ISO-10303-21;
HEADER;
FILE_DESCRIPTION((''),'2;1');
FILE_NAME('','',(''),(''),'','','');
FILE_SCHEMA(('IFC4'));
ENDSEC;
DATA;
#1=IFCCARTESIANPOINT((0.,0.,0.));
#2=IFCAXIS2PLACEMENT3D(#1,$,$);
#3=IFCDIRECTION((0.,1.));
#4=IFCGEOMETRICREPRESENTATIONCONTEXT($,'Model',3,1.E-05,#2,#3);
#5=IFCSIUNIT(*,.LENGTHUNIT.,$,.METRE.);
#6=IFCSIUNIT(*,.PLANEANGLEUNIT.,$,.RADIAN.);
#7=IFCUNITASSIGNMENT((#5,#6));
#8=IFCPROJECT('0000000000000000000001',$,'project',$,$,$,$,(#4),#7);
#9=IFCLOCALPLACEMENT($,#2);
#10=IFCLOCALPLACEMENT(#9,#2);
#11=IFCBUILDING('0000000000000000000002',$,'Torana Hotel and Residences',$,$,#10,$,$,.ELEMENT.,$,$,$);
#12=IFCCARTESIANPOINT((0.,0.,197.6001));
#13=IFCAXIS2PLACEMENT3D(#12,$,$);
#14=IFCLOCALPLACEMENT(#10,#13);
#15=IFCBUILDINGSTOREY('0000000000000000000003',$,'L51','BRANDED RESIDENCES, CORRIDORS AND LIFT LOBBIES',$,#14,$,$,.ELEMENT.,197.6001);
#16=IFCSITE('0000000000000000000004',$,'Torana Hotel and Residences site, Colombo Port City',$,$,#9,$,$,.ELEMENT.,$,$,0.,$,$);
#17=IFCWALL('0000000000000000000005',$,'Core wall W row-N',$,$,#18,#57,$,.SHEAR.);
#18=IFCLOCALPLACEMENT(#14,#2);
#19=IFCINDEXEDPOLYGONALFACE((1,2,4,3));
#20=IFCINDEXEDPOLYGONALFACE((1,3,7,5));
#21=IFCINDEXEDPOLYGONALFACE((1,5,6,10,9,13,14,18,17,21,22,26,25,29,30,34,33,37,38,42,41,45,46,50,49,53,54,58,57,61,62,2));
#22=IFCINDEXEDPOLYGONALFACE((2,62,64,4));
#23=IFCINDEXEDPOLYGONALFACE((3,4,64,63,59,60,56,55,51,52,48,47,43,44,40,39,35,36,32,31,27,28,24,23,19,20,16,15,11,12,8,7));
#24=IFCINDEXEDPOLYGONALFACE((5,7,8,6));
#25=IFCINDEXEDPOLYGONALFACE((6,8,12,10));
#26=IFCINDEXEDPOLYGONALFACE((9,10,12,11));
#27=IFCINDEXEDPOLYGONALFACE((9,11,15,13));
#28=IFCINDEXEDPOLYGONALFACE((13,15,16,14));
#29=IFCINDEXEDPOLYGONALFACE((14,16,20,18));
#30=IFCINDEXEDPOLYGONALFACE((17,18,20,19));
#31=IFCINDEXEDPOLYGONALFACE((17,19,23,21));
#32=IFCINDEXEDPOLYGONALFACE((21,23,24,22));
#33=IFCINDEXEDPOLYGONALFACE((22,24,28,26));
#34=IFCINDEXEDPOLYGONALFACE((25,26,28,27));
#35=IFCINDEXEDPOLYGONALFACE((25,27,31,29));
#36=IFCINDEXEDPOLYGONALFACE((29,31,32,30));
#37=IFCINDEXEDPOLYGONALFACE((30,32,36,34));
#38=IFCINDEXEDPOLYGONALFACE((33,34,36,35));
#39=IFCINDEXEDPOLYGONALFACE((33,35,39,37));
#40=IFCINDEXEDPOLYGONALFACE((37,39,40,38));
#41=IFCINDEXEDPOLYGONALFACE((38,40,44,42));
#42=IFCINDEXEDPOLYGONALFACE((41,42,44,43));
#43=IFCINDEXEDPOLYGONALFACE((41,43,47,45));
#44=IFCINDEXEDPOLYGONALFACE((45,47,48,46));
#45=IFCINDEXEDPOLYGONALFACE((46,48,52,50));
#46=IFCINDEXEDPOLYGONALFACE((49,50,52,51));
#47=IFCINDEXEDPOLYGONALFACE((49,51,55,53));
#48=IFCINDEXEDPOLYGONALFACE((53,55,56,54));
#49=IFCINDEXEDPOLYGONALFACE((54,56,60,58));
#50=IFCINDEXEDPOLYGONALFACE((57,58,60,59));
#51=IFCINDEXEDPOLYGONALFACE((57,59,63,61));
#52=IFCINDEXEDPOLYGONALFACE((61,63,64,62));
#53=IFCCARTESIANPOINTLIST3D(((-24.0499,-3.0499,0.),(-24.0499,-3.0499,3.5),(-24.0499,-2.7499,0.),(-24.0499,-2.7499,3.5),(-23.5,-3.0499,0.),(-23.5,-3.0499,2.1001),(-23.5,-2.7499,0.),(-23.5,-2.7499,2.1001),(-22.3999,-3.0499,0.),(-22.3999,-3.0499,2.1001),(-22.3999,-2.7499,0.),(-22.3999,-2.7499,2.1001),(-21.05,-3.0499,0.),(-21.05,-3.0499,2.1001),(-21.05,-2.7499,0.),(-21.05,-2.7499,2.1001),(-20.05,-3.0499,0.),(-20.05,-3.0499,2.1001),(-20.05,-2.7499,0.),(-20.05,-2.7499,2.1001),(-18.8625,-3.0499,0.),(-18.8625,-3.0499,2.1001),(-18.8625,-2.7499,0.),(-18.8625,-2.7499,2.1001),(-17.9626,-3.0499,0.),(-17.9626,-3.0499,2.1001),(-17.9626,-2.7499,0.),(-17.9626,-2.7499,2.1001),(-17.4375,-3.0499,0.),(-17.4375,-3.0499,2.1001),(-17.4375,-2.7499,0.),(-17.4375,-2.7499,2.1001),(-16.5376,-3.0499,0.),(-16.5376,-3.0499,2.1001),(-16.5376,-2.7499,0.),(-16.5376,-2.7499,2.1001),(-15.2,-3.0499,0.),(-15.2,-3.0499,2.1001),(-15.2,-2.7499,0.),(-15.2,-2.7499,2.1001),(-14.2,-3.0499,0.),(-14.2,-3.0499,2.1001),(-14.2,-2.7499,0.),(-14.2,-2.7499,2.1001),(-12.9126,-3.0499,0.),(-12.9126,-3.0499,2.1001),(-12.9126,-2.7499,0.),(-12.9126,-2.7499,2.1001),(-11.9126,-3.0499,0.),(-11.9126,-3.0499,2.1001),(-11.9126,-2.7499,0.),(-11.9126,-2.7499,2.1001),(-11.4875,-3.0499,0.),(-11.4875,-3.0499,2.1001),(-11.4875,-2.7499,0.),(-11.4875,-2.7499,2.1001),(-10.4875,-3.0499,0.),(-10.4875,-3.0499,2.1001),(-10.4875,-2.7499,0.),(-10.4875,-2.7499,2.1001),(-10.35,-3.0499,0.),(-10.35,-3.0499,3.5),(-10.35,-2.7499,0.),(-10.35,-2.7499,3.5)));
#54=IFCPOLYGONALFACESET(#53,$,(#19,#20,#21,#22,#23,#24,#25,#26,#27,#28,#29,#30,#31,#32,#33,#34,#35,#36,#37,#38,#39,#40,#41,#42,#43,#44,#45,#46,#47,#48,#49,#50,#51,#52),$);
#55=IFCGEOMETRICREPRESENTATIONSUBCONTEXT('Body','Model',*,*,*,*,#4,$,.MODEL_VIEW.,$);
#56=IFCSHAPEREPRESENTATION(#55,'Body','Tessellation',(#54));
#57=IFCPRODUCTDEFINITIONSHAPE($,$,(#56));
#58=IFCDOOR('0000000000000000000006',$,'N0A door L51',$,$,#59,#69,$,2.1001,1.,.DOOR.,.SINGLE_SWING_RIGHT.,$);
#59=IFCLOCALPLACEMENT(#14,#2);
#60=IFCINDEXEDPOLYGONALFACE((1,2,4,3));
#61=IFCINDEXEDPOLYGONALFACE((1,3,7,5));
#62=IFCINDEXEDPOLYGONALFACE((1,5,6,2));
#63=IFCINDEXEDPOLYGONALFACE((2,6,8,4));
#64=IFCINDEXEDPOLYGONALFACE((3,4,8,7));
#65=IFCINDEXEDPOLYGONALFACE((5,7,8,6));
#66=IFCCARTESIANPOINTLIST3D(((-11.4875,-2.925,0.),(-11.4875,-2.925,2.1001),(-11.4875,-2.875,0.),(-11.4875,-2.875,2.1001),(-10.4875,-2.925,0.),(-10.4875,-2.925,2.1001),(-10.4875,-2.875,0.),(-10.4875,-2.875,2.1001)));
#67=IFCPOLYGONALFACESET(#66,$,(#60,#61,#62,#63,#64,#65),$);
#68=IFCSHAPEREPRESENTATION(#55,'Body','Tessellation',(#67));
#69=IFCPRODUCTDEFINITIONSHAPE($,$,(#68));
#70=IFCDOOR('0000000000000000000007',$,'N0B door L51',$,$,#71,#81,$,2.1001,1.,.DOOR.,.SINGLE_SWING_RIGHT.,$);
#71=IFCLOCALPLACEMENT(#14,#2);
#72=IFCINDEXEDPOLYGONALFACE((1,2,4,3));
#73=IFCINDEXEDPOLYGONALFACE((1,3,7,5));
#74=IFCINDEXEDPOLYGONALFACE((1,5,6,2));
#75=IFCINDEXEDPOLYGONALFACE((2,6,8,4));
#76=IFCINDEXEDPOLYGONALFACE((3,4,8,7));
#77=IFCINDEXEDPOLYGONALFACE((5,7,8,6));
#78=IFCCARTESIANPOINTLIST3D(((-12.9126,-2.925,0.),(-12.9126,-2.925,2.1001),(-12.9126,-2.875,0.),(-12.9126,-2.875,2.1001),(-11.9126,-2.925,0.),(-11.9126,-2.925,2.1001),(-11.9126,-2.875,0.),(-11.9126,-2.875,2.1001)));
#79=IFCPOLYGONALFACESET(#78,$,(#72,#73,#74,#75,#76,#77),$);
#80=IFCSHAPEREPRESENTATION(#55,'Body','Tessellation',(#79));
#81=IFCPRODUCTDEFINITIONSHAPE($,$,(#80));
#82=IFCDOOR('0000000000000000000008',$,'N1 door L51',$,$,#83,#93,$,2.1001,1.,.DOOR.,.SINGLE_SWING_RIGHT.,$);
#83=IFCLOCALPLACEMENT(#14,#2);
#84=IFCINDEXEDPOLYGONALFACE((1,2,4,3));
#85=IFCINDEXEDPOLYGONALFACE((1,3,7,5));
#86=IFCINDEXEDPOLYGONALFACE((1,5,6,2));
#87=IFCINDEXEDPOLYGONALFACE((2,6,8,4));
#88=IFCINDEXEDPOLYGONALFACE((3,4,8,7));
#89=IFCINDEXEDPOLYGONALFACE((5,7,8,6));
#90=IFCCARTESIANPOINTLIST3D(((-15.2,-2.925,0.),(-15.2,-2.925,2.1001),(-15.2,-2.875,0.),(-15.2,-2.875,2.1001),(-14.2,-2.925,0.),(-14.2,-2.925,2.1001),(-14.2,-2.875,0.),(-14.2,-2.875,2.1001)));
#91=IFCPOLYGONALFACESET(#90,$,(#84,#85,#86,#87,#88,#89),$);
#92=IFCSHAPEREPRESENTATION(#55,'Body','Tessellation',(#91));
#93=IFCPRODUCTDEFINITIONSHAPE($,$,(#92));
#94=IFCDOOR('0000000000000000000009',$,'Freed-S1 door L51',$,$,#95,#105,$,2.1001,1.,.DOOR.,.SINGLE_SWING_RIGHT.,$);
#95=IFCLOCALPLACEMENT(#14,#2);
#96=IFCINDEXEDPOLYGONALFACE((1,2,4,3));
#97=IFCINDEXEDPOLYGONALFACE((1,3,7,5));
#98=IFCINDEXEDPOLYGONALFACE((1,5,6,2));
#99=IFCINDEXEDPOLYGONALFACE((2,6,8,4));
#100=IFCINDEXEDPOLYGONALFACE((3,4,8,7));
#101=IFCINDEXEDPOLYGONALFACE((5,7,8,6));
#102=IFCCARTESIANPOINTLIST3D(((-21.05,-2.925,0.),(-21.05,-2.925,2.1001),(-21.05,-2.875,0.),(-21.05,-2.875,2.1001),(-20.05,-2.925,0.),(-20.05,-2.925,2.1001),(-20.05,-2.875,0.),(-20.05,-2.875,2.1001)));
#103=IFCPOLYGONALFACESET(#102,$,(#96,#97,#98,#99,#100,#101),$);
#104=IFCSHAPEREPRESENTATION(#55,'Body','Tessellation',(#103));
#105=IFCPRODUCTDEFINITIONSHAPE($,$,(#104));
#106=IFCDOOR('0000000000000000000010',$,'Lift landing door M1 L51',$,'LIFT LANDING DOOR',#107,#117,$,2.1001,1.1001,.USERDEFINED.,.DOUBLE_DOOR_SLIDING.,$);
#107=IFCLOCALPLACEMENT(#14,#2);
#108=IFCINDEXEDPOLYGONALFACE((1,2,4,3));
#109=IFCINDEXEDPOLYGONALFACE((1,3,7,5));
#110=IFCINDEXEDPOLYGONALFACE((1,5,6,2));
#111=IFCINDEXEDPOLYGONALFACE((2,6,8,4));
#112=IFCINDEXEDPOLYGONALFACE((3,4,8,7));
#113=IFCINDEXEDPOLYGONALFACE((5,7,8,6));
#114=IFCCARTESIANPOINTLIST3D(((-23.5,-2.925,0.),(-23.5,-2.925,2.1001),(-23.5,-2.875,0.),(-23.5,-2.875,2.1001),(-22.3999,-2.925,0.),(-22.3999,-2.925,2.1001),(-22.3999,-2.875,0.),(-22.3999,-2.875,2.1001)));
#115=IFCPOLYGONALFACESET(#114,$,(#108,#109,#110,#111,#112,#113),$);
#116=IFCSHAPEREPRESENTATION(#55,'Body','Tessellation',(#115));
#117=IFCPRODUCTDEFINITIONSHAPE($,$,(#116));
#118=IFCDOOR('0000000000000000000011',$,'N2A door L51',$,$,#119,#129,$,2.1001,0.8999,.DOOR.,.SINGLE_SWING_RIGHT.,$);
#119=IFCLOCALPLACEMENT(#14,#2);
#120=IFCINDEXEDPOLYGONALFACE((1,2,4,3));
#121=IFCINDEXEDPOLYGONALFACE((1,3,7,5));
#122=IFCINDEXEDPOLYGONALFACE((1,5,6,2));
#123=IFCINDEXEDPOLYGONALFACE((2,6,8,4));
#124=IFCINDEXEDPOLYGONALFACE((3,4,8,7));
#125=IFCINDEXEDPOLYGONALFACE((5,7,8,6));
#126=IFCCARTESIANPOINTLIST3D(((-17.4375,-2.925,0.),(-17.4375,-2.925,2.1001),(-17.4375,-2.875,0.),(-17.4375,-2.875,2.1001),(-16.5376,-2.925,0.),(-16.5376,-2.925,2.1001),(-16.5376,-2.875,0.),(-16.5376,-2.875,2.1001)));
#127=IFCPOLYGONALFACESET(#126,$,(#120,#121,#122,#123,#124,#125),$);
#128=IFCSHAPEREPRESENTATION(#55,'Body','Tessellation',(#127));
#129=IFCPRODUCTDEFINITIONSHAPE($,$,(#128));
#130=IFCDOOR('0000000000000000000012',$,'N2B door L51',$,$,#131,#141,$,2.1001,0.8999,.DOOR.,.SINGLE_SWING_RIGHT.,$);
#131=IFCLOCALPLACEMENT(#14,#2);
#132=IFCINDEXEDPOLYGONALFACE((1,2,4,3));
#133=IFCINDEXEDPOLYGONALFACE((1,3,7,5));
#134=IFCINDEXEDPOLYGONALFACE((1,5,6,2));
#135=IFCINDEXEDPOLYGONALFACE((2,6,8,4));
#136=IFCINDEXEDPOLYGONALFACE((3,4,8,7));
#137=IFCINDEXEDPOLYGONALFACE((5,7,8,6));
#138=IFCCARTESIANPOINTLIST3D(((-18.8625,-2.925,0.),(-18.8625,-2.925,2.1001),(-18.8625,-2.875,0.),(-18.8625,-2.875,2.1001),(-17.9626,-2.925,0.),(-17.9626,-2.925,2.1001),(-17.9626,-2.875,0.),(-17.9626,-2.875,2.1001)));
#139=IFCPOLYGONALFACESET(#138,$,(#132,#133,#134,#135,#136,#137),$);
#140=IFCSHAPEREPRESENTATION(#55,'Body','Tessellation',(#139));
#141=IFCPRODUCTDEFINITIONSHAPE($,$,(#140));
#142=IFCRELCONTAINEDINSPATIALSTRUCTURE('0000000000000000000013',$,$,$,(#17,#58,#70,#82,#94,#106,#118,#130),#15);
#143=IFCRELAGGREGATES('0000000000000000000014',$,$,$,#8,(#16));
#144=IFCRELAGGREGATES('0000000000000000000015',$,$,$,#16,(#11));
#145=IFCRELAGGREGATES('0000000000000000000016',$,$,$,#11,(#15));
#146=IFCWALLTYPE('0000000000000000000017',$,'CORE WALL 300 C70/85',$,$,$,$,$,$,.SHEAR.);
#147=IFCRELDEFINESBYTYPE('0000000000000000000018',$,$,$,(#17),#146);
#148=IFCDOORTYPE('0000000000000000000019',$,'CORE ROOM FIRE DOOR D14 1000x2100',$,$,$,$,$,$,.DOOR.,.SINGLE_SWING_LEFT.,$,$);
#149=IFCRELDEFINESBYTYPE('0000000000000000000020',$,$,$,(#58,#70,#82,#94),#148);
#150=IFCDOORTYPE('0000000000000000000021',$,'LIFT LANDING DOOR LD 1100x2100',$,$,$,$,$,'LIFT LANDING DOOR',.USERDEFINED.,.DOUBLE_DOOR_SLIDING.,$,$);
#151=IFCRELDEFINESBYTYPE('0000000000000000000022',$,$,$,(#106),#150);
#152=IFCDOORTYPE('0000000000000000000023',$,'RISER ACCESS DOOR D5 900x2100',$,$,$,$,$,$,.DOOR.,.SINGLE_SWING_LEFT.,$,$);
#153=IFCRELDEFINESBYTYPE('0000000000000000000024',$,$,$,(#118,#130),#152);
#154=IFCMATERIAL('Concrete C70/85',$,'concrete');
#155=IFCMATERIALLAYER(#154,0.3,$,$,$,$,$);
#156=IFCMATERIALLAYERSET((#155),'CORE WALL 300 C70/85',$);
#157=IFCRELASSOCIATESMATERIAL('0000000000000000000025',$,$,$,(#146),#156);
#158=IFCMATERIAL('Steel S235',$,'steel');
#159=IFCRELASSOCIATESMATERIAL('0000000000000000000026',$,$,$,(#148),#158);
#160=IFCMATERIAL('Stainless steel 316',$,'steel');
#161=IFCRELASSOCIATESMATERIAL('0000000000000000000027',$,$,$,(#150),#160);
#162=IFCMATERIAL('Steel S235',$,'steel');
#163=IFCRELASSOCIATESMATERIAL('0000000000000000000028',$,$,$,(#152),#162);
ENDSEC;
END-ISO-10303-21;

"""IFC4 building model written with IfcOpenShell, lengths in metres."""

from ifc_helpers import new_model, si_unit, direction, frame, frame_2d, origin, place, context, subcontext, project, spatial, rectangle, extrude, material, layer, layer_set, type_object, element, fill, save


model = new_model("IFC4")

# Units and contexts
model_context = context("Model", 3, precision=1e-05, world=origin(), true_north=direction((0.0, 1.0)))
body_context = subcontext(model_context, "Body", "Model", "MODEL_VIEW")
ifc_project = project(units=[si_unit("LENGTHUNIT", "METRE"), si_unit("PLANEANGLEUNIT", "RADIAN")], contexts=[model_context])

# Site, building, storey
site_placement = place(None, origin())
site = spatial("IfcSite", under=ifc_project, at=site_placement, Name="Torana Hotel and Residences site, Colombo Port City", CompositionType="ELEMENT", RefElevation=0.0)
building_placement = place(site_placement, origin())
building = spatial("IfcBuilding", under=site, at=building_placement, Name="Torana Hotel and Residences", CompositionType="ELEMENT")
storey_placement = place(building_placement, frame((0.0, 0.0, 197.6001)))
storey = spatial("IfcBuildingStorey", under=building, at=storey_placement, Name="L51", Description="BRANDED RESIDENCES, CORRIDORS AND LIFT LOBBIES", CompositionType="ELEMENT", Elevation=197.6001)

# Wall, openings, doors
ifc_material_1 = material(Name="Concrete C70/85", Category="concrete")
ifc_layer_1 = layer(ifc_material_1, 0.3)
ifc_layer_set_1 = layer_set([ifc_layer_1], Name="CORE WALL 300 C70/85")
wall_type_1 = type_object("IfcWallType", Name="CORE WALL 300 C70/85", PredefinedType="SHEAR", material=ifc_layer_set_1)
wall_1_placement = place(storey_placement, frame((-24.05, -2.8999, 0.0), z_axis=(0.0, 0.0, 1.0), x_axis=(1.0, 0.0, 0.0)))
wall_1 = element("IfcWall", 1, at=wall_1_placement, inside=storey, type_object=wall_type_1, Name="Core wall W row-N", PredefinedType="SHEAR", context=body_context, shape_type="SweptSolid", body=[
    extrude(rectangle(XDim=13.7, YDim=0.3, at=frame_2d((6.8501, 0.0))), origin(), (0.0, 0.0, 1.0), 3.5),
])
opening_1_placement = place(wall_1_placement, frame((0.55, 0.0, 0.0)))
opening_1 = element("IfcOpeningElement", 2, at=opening_1_placement, cuts=wall_1, PredefinedType="OPENING", context=body_context, shape_type="SweptSolid", body=[
    extrude(rectangle(XDim=1.1001, YDim=2.1001, at=frame_2d((0.55, 1.05))), frame((0.0, 0.1599, 0.0), z_axis=(0.0, -1.0, 0.0), x_axis=(1.0, 0.0, 0.0)), (0.0, 0.0, 1.0), 0.3201),
])
opening_2_placement = place(wall_1_placement, frame((6.6125, 0.0, 0.0)))
opening_2 = element("IfcOpeningElement", 3, at=opening_2_placement, cuts=wall_1, PredefinedType="OPENING", context=body_context, shape_type="SweptSolid", body=[
    extrude(rectangle(XDim=0.8999, YDim=2.1001, at=frame_2d((0.45, 1.05))), frame((0.0, 0.1599, 0.0), z_axis=(0.0, -1.0, 0.0), x_axis=(1.0, 0.0, 0.0)), (0.0, 0.0, 1.0), 0.3201),
])
opening_3_placement = place(wall_1_placement, frame((5.1875, 0.0, 0.0)))
opening_3 = element("IfcOpeningElement", 4, at=opening_3_placement, cuts=wall_1, PredefinedType="OPENING", context=body_context, shape_type="SweptSolid", body=[
    extrude(rectangle(XDim=0.8999, YDim=2.1001, at=frame_2d((0.45, 1.05))), frame((0.0, 0.1599, 0.0), z_axis=(0.0, -1.0, 0.0), x_axis=(1.0, 0.0, 0.0)), (0.0, 0.0, 1.0), 0.3201),
])
opening_4_placement = place(wall_1_placement, frame((12.5625, 0.0, 0.0)))
opening_4 = element("IfcOpeningElement", 5, at=opening_4_placement, cuts=wall_1, PredefinedType="OPENING", context=body_context, shape_type="SweptSolid", body=[
    extrude(rectangle(XDim=1.0, YDim=2.1001, at=frame_2d((0.5, 1.05))), frame((0.0, 0.1599, 0.0), z_axis=(0.0, -1.0, 0.0), x_axis=(1.0, 0.0, 0.0)), (0.0, 0.0, 1.0), 0.3201),
])
opening_5_placement = place(wall_1_placement, frame((11.1375, 0.0, 0.0)))
opening_5 = element("IfcOpeningElement", 6, at=opening_5_placement, cuts=wall_1, PredefinedType="OPENING", context=body_context, shape_type="SweptSolid", body=[
    extrude(rectangle(XDim=1.0, YDim=2.1001, at=frame_2d((0.5, 1.05))), frame((0.0, 0.1599, 0.0), z_axis=(0.0, -1.0, 0.0), x_axis=(1.0, 0.0, 0.0)), (0.0, 0.0, 1.0), 0.3201),
])
opening_6_placement = place(wall_1_placement, frame((8.8501, 0.0, 0.0)))
opening_6 = element("IfcOpeningElement", 7, at=opening_6_placement, cuts=wall_1, PredefinedType="OPENING", context=body_context, shape_type="SweptSolid", body=[
    extrude(rectangle(XDim=1.0, YDim=2.1001, at=frame_2d((0.5, 1.05))), frame((0.0, 0.1599, 0.0), z_axis=(0.0, -1.0, 0.0), x_axis=(1.0, 0.0, 0.0)), (0.0, 0.0, 1.0), 0.3201),
])
opening_7_placement = place(wall_1_placement, frame((3.0, 0.0, 0.0)))
opening_7 = element("IfcOpeningElement", 8, at=opening_7_placement, cuts=wall_1, PredefinedType="OPENING", context=body_context, shape_type="SweptSolid", body=[
    extrude(rectangle(XDim=1.0, YDim=2.1001, at=frame_2d((0.5, 1.05))), frame((0.0, 0.1599, 0.0), z_axis=(0.0, -1.0, 0.0), x_axis=(1.0, 0.0, 0.0)), (0.0, 0.0, 1.0), 0.3201),
])
ifc_material_2 = material(Name="Steel S235", Category="steel")
door_type_1 = type_object("IfcDoorType", Name="CORE ROOM FIRE DOOR D14 1000x2100", OperationType="SINGLE_SWING_LEFT", PredefinedType="DOOR", material=ifc_material_2)
door_1_placement = place(opening_4_placement, origin())
door_1 = element("IfcDoor", 9, at=door_1_placement, inside=storey, type_object=door_type_1, Name="N0A door L51", OperationType="SINGLE_SWING_RIGHT", OverallHeight=2.1001, OverallWidth=1.0, PredefinedType="DOOR", context=body_context, shape_type="SweptSolid", body=[
    extrude(rectangle(XDim=1.0, YDim=2.1001, at=frame_2d((0.5, 1.05))), frame((0.0, 0.0249, 0.0), z_axis=(0.0, -1.0, 0.0), x_axis=(1.0, 0.0, 0.0)), (0.0, 0.0, 1.0), 0.05),
])
fill(opening_4, door_1)
door_2_placement = place(opening_5_placement, origin())
door_2 = element("IfcDoor", 10, at=door_2_placement, inside=storey, type_object=door_type_1, Name="N0B door L51", OperationType="SINGLE_SWING_RIGHT", OverallHeight=2.1001, OverallWidth=1.0, PredefinedType="DOOR", context=body_context, shape_type="SweptSolid", body=[
    extrude(rectangle(XDim=1.0, YDim=2.1001, at=frame_2d((0.5, 1.05))), frame((0.0, 0.0249, 0.0), z_axis=(0.0, -1.0, 0.0), x_axis=(1.0, 0.0, 0.0)), (0.0, 0.0, 1.0), 0.05),
])
fill(opening_5, door_2)
door_3_placement = place(opening_6_placement, origin())
door_3 = element("IfcDoor", 11, at=door_3_placement, inside=storey, type_object=door_type_1, Name="N1 door L51", OperationType="SINGLE_SWING_RIGHT", OverallHeight=2.1001, OverallWidth=1.0, PredefinedType="DOOR", context=body_context, shape_type="SweptSolid", body=[
    extrude(rectangle(XDim=1.0, YDim=2.1001, at=frame_2d((0.5, 1.05))), frame((0.0, 0.0249, 0.0), z_axis=(0.0, -1.0, 0.0), x_axis=(1.0, 0.0, 0.0)), (0.0, 0.0, 1.0), 0.05),
])
fill(opening_6, door_3)
door_4_placement = place(opening_7_placement, origin())
door_4 = element("IfcDoor", 12, at=door_4_placement, inside=storey, type_object=door_type_1, Name="Freed-S1 door L51", OperationType="SINGLE_SWING_RIGHT", OverallHeight=2.1001, OverallWidth=1.0, PredefinedType="DOOR", context=body_context, shape_type="SweptSolid", body=[
    extrude(rectangle(XDim=1.0, YDim=2.1001, at=frame_2d((0.5, 1.05))), frame((0.0, 0.0249, 0.0), z_axis=(0.0, -1.0, 0.0), x_axis=(1.0, 0.0, 0.0)), (0.0, 0.0, 1.0), 0.05),
])
fill(opening_7, door_4)
ifc_material_3 = material(Name="Stainless steel 316", Category="steel")
door_type_2 = type_object("IfcDoorType", Name="LIFT LANDING DOOR LD 1100x2100", ElementType="LIFT LANDING DOOR", OperationType="DOUBLE_DOOR_SLIDING", PredefinedType="USERDEFINED", material=ifc_material_3)
door_5_placement = place(opening_1_placement, origin())
door_5 = element("IfcDoor", 13, at=door_5_placement, inside=storey, type_object=door_type_2, Name="Lift landing door M1 L51", ObjectType="LIFT LANDING DOOR", OperationType="DOUBLE_DOOR_SLIDING", OverallHeight=2.1001, OverallWidth=1.1001, PredefinedType="USERDEFINED", context=body_context, shape_type="SweptSolid", body=[
    extrude(rectangle(XDim=1.1001, YDim=2.1001, at=frame_2d((0.55, 1.05))), frame((0.0, 0.0249, 0.0), z_axis=(0.0, -1.0, 0.0), x_axis=(1.0, 0.0, 0.0)), (0.0, 0.0, 1.0), 0.05),
])
fill(opening_1, door_5)
ifc_material_4 = material(Name="Steel S235", Category="steel")
door_type_3 = type_object("IfcDoorType", Name="RISER ACCESS DOOR D5 900x2100", OperationType="SINGLE_SWING_LEFT", PredefinedType="DOOR", material=ifc_material_4)
door_6_placement = place(opening_2_placement, origin())
door_6 = element("IfcDoor", 14, at=door_6_placement, inside=storey, type_object=door_type_3, Name="N2A door L51", OperationType="SINGLE_SWING_RIGHT", OverallHeight=2.1001, OverallWidth=0.8999, PredefinedType="DOOR", context=body_context, shape_type="SweptSolid", body=[
    extrude(rectangle(XDim=0.8999, YDim=2.1001, at=frame_2d((0.45, 1.05))), frame((0.0, 0.0249, 0.0), z_axis=(0.0, -1.0, 0.0), x_axis=(1.0, 0.0, 0.0)), (0.0, 0.0, 1.0), 0.05),
])
fill(opening_2, door_6)
door_7_placement = place(opening_3_placement, origin())
door_7 = element("IfcDoor", 15, at=door_7_placement, inside=storey, type_object=door_type_3, Name="N2B door L51", OperationType="SINGLE_SWING_RIGHT", OverallHeight=2.1001, OverallWidth=0.8999, PredefinedType="DOOR", context=body_context, shape_type="SweptSolid", body=[
    extrude(rectangle(XDim=0.8999, YDim=2.1001, at=frame_2d((0.45, 1.05))), frame((0.0, 0.0249, 0.0), z_axis=(0.0, -1.0, 0.0), x_axis=(1.0, 0.0, 0.0)), (0.0, 0.0, 1.0), 0.05),
])
fill(opening_3, door_7)

save(model, "model.ifc")
